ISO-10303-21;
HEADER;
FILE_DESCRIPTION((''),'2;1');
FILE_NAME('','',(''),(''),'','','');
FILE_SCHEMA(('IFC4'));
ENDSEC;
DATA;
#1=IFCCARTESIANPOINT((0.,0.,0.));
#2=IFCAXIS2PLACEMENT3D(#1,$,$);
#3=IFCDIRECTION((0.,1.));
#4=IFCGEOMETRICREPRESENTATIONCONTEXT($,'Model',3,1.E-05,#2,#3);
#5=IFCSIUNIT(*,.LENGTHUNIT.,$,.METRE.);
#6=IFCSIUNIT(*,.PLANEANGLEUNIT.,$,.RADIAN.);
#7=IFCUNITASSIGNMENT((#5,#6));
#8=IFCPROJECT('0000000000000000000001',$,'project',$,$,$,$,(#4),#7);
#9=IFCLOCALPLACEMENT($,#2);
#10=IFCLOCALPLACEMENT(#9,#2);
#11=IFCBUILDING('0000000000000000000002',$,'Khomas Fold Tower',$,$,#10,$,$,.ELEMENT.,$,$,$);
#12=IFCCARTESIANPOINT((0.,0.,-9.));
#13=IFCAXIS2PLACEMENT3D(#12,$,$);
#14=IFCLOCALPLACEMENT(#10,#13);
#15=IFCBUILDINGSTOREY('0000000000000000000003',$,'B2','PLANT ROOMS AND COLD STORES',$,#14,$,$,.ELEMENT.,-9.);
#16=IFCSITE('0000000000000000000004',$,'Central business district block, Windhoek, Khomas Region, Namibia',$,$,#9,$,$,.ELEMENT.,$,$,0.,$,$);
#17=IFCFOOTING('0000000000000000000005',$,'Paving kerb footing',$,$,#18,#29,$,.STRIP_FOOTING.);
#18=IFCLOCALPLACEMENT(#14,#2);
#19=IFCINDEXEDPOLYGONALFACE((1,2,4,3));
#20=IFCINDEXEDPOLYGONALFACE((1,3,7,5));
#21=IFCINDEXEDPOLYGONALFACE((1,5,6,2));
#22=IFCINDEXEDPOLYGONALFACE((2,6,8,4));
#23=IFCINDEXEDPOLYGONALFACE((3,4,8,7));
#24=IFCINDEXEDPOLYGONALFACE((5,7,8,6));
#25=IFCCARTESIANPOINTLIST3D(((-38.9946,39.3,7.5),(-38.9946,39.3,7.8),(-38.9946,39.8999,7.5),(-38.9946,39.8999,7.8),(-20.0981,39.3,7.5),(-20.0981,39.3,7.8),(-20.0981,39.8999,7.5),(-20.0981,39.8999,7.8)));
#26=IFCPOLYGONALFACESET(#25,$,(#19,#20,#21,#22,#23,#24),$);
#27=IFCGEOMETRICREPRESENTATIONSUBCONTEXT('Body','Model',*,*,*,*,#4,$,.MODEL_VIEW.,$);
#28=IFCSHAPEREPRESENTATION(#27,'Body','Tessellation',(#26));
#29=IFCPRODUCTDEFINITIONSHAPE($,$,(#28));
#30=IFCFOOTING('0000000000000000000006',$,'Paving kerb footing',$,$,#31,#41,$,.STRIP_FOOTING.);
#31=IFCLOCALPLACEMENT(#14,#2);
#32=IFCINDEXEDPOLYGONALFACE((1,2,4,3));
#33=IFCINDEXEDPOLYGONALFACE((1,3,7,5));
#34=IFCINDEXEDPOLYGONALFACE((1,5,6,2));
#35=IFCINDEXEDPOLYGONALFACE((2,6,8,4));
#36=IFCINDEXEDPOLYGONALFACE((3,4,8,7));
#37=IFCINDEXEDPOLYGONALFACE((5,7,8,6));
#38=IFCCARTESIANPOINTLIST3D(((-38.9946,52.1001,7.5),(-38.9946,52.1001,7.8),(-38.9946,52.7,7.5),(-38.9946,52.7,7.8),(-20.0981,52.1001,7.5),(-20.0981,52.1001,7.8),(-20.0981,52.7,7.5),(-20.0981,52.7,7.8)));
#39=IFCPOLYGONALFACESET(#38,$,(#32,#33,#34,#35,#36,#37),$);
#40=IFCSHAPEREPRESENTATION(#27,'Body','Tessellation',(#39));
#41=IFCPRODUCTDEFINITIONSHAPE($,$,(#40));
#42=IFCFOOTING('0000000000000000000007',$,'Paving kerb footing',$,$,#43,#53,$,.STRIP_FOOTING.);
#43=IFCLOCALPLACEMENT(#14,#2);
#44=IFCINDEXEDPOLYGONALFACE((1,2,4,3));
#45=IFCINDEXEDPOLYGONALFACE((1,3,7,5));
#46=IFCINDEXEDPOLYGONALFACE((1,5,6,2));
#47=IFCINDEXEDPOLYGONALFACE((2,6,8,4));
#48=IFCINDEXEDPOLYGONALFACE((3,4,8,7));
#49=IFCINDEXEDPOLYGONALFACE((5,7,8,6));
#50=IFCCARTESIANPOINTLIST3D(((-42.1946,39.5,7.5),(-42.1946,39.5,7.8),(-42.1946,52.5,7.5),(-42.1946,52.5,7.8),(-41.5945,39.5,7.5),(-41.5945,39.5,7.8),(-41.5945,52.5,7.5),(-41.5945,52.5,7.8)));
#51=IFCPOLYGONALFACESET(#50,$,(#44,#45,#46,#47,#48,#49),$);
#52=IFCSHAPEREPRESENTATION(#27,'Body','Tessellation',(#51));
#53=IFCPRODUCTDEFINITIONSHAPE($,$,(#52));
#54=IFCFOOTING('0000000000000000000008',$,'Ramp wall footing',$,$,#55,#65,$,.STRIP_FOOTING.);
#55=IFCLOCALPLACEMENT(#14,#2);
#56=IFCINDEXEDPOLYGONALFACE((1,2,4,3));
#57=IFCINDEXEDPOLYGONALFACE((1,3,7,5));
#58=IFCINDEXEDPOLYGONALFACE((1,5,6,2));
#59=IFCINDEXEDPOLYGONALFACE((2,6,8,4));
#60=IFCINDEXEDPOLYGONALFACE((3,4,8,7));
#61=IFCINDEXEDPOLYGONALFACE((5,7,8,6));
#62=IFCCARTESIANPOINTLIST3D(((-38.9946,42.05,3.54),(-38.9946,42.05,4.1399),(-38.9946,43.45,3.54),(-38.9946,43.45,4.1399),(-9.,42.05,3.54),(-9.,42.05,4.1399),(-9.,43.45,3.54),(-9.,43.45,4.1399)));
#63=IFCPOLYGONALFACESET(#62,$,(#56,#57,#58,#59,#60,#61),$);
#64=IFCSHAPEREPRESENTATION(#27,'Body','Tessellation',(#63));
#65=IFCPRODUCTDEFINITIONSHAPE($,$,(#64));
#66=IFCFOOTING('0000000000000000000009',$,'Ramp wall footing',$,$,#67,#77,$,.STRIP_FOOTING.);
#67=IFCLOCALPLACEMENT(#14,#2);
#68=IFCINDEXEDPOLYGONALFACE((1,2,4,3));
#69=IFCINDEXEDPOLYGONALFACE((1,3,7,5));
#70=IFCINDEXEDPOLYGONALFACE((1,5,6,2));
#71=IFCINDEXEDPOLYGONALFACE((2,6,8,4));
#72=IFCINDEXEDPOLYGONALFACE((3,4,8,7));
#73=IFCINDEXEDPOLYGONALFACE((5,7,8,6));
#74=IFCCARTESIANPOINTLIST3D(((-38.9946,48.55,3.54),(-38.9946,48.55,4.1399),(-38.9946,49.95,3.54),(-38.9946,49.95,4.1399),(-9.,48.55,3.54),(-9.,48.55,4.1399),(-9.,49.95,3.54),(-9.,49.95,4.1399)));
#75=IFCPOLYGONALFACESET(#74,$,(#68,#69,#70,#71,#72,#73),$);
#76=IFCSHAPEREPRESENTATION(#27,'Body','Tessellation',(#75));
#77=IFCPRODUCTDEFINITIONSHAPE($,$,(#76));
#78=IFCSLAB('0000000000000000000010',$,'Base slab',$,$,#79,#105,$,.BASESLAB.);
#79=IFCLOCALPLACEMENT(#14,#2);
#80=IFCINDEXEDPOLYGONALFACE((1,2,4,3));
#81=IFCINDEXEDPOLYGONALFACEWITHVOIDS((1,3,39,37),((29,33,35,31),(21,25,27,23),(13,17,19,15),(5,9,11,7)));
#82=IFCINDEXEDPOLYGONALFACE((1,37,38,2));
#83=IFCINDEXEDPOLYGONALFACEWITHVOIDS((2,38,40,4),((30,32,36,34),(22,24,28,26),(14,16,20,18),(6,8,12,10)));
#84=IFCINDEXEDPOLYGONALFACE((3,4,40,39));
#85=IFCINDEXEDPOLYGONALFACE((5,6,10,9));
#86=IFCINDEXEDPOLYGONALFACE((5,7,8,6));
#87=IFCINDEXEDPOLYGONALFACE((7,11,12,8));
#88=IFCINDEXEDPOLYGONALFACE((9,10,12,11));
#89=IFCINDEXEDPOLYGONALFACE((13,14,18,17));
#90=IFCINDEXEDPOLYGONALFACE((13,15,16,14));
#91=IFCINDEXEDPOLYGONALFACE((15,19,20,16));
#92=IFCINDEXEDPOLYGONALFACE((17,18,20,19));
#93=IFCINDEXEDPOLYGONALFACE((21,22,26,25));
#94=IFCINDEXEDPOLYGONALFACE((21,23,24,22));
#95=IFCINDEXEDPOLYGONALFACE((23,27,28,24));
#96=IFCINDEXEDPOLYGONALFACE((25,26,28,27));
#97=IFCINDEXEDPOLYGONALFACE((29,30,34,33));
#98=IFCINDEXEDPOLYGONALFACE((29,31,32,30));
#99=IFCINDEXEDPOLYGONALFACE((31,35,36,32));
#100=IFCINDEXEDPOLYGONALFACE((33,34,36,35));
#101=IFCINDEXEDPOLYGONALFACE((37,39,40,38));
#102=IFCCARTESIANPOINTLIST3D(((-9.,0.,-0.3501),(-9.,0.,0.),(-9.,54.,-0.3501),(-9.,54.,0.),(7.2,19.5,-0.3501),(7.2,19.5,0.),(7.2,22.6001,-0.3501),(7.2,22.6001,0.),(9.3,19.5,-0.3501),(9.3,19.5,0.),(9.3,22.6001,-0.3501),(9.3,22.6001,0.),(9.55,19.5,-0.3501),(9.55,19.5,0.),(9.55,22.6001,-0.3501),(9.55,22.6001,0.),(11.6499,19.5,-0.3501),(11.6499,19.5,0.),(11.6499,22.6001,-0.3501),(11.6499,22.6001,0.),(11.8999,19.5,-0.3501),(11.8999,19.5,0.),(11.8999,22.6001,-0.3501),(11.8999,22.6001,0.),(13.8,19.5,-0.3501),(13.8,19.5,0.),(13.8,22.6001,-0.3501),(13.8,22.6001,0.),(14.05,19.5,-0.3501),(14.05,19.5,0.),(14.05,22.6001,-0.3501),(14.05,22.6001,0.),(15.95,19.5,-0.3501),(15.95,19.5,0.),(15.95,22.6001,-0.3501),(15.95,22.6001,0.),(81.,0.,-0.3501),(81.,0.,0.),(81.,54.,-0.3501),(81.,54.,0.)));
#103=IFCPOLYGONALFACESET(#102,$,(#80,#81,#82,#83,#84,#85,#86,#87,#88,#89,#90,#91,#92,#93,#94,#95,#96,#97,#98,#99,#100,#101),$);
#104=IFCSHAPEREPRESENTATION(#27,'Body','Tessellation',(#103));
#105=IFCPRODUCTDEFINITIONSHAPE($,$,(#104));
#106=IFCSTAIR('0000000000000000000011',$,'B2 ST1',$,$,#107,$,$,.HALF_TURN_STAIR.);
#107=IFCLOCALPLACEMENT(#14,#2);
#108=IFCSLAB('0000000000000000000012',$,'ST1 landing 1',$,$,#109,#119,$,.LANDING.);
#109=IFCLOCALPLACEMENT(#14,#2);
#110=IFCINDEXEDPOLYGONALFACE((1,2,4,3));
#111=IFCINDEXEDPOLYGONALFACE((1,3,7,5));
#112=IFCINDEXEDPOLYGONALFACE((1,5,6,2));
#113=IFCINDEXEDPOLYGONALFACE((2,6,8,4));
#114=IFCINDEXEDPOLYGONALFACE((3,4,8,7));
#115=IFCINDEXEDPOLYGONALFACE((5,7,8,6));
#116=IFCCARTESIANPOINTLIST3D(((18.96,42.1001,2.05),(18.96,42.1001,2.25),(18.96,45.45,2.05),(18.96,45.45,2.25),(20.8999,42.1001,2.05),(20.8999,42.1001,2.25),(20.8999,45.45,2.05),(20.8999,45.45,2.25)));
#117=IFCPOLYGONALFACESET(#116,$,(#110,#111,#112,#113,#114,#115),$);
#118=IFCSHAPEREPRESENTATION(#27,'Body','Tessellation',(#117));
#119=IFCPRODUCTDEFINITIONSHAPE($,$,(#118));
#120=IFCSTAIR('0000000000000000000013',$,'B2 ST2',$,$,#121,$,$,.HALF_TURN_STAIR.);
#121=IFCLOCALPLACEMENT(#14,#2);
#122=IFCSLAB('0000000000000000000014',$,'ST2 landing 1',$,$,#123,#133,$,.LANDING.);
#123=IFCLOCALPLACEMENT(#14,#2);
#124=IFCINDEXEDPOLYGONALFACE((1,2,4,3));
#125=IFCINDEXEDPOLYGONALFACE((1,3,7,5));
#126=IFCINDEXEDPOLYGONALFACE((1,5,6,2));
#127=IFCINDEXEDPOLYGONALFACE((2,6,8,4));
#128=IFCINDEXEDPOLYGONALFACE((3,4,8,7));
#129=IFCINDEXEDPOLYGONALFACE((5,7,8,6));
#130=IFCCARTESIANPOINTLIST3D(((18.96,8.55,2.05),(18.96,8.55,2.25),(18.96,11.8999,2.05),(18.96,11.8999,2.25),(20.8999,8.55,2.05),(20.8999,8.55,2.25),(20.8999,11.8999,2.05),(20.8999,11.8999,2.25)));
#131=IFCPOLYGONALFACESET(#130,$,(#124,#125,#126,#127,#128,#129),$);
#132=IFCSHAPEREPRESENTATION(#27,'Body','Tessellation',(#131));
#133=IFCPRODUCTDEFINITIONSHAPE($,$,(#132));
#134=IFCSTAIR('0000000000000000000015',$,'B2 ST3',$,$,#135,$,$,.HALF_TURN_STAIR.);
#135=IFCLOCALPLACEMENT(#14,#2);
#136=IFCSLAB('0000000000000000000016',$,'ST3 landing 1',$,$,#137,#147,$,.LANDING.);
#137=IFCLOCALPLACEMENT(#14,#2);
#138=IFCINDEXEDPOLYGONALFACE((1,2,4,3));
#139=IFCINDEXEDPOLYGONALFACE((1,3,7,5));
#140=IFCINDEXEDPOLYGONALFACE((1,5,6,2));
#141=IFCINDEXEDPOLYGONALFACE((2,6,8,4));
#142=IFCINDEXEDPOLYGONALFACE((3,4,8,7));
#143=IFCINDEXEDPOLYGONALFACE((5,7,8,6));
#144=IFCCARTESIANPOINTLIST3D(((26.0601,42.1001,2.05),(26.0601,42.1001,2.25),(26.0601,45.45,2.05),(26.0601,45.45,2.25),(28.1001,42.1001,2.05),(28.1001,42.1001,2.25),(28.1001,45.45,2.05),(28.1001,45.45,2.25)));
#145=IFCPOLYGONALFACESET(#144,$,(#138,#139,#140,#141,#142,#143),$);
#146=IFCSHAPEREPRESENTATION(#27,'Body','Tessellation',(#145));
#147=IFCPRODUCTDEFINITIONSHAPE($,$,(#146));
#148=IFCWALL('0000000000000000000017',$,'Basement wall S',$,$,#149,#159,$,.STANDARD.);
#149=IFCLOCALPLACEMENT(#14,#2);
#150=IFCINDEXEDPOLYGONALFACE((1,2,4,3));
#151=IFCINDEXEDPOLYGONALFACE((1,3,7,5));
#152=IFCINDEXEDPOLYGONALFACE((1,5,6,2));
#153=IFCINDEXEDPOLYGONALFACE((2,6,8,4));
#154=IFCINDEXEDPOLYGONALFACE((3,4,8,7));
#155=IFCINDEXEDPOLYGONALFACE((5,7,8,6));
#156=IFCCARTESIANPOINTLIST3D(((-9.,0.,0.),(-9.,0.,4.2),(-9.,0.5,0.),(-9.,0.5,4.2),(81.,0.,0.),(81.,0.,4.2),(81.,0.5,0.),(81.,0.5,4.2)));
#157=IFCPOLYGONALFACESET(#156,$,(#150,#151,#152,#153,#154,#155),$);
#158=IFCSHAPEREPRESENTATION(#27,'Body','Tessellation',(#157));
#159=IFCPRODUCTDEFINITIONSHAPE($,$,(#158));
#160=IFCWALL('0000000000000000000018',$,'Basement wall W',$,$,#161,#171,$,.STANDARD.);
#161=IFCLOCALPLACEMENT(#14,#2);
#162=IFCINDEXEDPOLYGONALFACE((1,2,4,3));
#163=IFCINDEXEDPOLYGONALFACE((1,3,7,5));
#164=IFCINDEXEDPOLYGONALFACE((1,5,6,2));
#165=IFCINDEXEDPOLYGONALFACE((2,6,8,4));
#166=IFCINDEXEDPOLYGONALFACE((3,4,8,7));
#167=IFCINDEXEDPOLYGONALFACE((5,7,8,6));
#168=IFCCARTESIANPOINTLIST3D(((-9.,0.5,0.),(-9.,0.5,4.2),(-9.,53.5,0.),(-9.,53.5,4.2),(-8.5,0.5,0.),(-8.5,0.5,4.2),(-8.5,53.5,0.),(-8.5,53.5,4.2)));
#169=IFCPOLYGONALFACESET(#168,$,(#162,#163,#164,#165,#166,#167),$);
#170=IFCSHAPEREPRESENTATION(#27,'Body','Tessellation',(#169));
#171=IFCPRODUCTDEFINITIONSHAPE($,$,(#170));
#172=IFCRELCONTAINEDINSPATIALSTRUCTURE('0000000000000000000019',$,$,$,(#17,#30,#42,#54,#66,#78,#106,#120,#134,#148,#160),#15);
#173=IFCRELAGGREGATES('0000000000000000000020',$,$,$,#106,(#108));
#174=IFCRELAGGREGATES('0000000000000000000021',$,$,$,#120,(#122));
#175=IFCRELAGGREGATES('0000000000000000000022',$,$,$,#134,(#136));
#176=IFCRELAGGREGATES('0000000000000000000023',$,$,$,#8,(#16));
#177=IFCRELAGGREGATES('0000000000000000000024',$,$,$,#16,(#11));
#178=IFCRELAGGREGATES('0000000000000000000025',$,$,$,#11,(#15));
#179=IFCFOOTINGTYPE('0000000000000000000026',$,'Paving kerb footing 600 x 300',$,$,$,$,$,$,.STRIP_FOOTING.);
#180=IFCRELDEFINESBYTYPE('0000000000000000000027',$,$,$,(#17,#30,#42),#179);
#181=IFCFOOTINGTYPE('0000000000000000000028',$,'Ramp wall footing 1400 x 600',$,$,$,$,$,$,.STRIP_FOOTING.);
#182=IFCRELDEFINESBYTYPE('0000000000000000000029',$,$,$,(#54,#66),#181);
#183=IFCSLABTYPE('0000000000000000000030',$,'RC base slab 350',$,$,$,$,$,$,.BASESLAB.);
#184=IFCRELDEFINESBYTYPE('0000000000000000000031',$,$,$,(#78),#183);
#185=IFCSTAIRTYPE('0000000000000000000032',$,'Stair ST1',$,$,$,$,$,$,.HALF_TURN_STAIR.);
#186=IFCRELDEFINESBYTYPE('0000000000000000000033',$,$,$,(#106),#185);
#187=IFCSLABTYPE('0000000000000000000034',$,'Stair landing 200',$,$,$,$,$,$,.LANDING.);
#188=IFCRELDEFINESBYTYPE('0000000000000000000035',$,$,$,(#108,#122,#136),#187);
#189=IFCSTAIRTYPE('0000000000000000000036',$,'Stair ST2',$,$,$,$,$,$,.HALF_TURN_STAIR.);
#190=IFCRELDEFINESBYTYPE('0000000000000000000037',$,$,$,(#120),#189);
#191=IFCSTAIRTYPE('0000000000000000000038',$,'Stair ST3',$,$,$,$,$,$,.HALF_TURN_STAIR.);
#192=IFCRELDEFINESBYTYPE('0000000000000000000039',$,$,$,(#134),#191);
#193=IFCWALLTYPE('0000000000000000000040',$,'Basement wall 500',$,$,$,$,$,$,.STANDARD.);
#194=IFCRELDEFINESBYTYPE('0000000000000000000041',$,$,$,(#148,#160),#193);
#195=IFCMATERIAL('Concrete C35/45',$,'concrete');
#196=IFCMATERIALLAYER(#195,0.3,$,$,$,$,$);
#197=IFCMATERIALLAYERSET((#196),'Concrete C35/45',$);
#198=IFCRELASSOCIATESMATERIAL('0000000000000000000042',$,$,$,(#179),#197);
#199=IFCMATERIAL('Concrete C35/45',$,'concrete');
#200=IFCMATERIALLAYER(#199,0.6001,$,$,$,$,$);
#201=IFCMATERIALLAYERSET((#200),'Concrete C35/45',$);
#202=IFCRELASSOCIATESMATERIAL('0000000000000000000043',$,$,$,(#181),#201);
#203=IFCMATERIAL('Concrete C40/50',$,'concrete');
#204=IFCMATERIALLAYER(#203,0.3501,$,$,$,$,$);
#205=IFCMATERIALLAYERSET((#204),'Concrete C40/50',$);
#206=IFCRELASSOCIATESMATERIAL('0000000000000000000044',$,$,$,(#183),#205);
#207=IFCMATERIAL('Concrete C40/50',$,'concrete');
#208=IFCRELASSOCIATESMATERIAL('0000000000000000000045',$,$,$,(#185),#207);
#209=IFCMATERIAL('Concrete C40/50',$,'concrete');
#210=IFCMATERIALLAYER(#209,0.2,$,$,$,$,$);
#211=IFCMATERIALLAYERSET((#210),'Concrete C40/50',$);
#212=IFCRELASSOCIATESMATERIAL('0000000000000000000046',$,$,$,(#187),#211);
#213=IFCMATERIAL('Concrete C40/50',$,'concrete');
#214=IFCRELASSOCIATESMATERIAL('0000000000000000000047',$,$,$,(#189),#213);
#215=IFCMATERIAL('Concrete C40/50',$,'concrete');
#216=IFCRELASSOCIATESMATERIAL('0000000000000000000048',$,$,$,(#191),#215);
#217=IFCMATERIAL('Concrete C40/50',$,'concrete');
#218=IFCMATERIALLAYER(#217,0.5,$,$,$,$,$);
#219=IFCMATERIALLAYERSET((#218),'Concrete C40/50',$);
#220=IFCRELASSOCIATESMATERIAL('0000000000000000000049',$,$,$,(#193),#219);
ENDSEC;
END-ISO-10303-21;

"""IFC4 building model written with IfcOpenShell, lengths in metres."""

from ifc_helpers import new_model, si_unit, direction, frame, frame_2d, origin, place, context, subcontext, project, spatial, polyline, rectangle, outline, extrude, source, transform, mapped, material, layer, layer_set, type_object, element, aggregate, save


model = new_model("IFC4")

# Units and contexts
model_context = context("Model", 3, precision=1e-05, world=origin(), true_north=direction((0.0, 1.0)))
body_context = subcontext(model_context, "Body", "Model", "MODEL_VIEW")
ifc_project = project(units=[si_unit("LENGTHUNIT", "METRE"), si_unit("PLANEANGLEUNIT", "RADIAN")], contexts=[model_context])

# Site, building, storey
site_placement = place(None, origin())
site = spatial("IfcSite", under=ifc_project, at=site_placement, Name="Central business district block, Windhoek, Khomas Region, Namibia", CompositionType="ELEMENT", RefElevation=0.0)
building_placement = place(site_placement, origin())
building = spatial("IfcBuilding", under=site, at=building_placement, Name="Khomas Fold Tower", CompositionType="ELEMENT")
storey_placement = place(building_placement, frame((0.0, 0.0, -9.0)))
storey = spatial("IfcBuildingStorey", under=building, at=storey_placement, Name="B2", Description="PLANT ROOMS AND COLD STORES", CompositionType="ELEMENT", Elevation=-9.0)

# Footings
ifc_material_1 = material(Name="Concrete C35/45", Category="concrete")
ifc_layer_1 = layer(ifc_material_1, 0.3)
ifc_layer_set_1 = layer_set([ifc_layer_1], Name="Concrete C35/45")
footing_type_1 = type_object("IfcFootingType", Name="Paving kerb footing 600 x 300", PredefinedType="STRIP_FOOTING", material=ifc_layer_set_1)
shared_shape_1 = source(origin(), body_context, "Body", "SweptSolid", [
    extrude(outline(polyline([(-38.9946, 39.3), (-20.0981, 39.3), (-20.0981, 39.8999), (-38.9946, 39.8999), (-38.9946, 39.3)])), origin(), (0.0, 0.0, 1.0), 0.3),
])
footing_1_placement = place(storey_placement, frame((0.0, 0.0, 7.5)))
element("IfcFooting", 1, at=footing_1_placement, inside=storey, type_object=footing_type_1, Name="Paving kerb footing", PredefinedType="STRIP_FOOTING", context=body_context, shape_type="MappedRepresentation", body=[
    mapped(shared_shape_1, transform((0.0, 0.0, 0.0))),
])
shared_shape_2 = source(origin(), body_context, "Body", "SweptSolid", [
    extrude(outline(polyline([(-38.9946, 52.1001), (-20.0981, 52.1001), (-20.0981, 52.7), (-38.9946, 52.7), (-38.9946, 52.1001)])), origin(), (0.0, 0.0, 1.0), 0.3),
])
footing_2_placement = place(storey_placement, frame((0.0, 0.0, 7.5)))
element("IfcFooting", 2, at=footing_2_placement, inside=storey, type_object=footing_type_1, Name="Paving kerb footing", PredefinedType="STRIP_FOOTING", context=body_context, shape_type="MappedRepresentation", body=[
    mapped(shared_shape_2, transform((0.0, 0.0, 0.0))),
])
shared_shape_3 = source(origin(), body_context, "Body", "SweptSolid", [
    extrude(outline(polyline([(-42.1946, 39.5), (-41.5945, 39.5), (-41.5945, 52.5), (-42.1946, 52.5), (-42.1946, 39.5)])), origin(), (0.0, 0.0, 1.0), 0.3),
])
footing_3_placement = place(storey_placement, frame((0.0, 0.0, 7.5)))
element("IfcFooting", 3, at=footing_3_placement, inside=storey, type_object=footing_type_1, Name="Paving kerb footing", PredefinedType="STRIP_FOOTING", context=body_context, shape_type="MappedRepresentation", body=[
    mapped(shared_shape_3, transform((0.0, 0.0, 0.0))),
])
ifc_material_2 = material(Name="Concrete C35/45", Category="concrete")
ifc_layer_2 = layer(ifc_material_2, 0.6001)
ifc_layer_set_2 = layer_set([ifc_layer_2], Name="Concrete C35/45")
footing_type_2 = type_object("IfcFootingType", Name="Ramp wall footing 1400 x 600", PredefinedType="STRIP_FOOTING", material=ifc_layer_set_2)
shared_shape_4 = source(origin(), body_context, "Body", "SweptSolid", [
    extrude(outline(polyline([(-38.9946, 42.05), (-9.0, 42.05), (-9.0, 43.45), (-38.9946, 43.45), (-38.9946, 42.05)])), origin(), (0.0, 0.0, 1.0), 0.5999),
])
footing_4_placement = place(storey_placement, frame((0.0, 0.0, 3.54)))
element("IfcFooting", 4, at=footing_4_placement, inside=storey, type_object=footing_type_2, Name="Ramp wall footing", PredefinedType="STRIP_FOOTING", context=body_context, shape_type="MappedRepresentation", body=[
    mapped(shared_shape_4, transform((0.0, 0.0, 0.0))),
])
shared_shape_5 = source(origin(), body_context, "Body", "SweptSolid", [
    extrude(outline(polyline([(-38.9946, 48.55), (-9.0, 48.55), (-9.0, 49.95), (-38.9946, 49.95), (-38.9946, 48.55)])), origin(), (0.0, 0.0, 1.0), 0.5999),
])
footing_5_placement = place(storey_placement, frame((0.0, 0.0, 3.54)))
element("IfcFooting", 5, at=footing_5_placement, inside=storey, type_object=footing_type_2, Name="Ramp wall footing", PredefinedType="STRIP_FOOTING", context=body_context, shape_type="MappedRepresentation", body=[
    mapped(shared_shape_5, transform((0.0, 0.0, 0.0))),
])

# Slab
ifc_material_3 = material(Name="Concrete C40/50", Category="concrete")
ifc_layer_3 = layer(ifc_material_3, 0.3501)
ifc_layer_set_3 = layer_set([ifc_layer_3], Name="Concrete C40/50")
slab_type_1 = type_object("IfcSlabType", Name="RC base slab 350", PredefinedType="BASESLAB", material=ifc_layer_set_3)
shared_shape_6 = source(origin(), body_context, "Body", "SweptSolid", [
    extrude(outline(polyline([(-9.0, 0.0), (81.0, 0.0), (81.0, 54.0), (-9.0, 54.0), (-9.0, 0.0)]), holes=[polyline([(7.2, 19.5), (7.2, 22.6001), (9.3, 22.6001), (9.3, 19.5), (7.2, 19.5)]), polyline([(9.55, 19.5), (9.55, 22.6001), (11.6499, 22.6001), (11.6499, 19.5), (9.55, 19.5)]), polyline([(11.8999, 19.5), (11.8999, 22.6001), (13.8, 22.6001), (13.8, 19.5), (11.8999, 19.5)]), polyline([(14.05, 19.5), (14.05, 22.6001), (15.95, 22.6001), (15.95, 19.5), (14.05, 19.5)])]), origin(), (0.0, 0.0, 1.0), 0.3501),
])
slab_1_placement = place(storey_placement, frame((0.0, 0.0, -0.3501)))
element("IfcSlab", 6, at=slab_1_placement, inside=storey, type_object=slab_type_1, Name="Base slab", PredefinedType="BASESLAB", context=body_context, shape_type="MappedRepresentation", body=[
    mapped(shared_shape_6, transform((0.0, 0.0, 0.0))),
])

# Stairs, slabs
ifc_material_4 = material(Name="Concrete C40/50", Category="concrete")
stair_type_1 = type_object("IfcStairType", Name="Stair ST1", PredefinedType="HALF_TURN_STAIR", material=ifc_material_4)
stair_1_placement = place(storey_placement, origin())
stair_1 = element("IfcStair", 7, at=stair_1_placement, inside=storey, type_object=stair_type_1, Name="B2 ST1", PredefinedType="HALF_TURN_STAIR")
ifc_material_5 = material(Name="Concrete C40/50", Category="concrete")
ifc_layer_4 = layer(ifc_material_5, 0.2)
ifc_layer_set_4 = layer_set([ifc_layer_4], Name="Concrete C40/50")
slab_type_2 = type_object("IfcSlabType", Name="Stair landing 200", PredefinedType="LANDING", material=ifc_layer_set_4)
shared_shape_7 = source(origin(), body_context, "Body", "SweptSolid", [
    extrude(outline(polyline([(18.96, 42.1001), (20.8999, 42.1001), (20.8999, 45.45), (18.96, 45.45), (18.96, 42.1001)])), origin(), (0.0, 0.0, 1.0), 0.2),
])
slab_2_placement = place(storey_placement, frame((0.0, 0.0, 2.05)))
slab_2 = element("IfcSlab", 8, at=slab_2_placement, type_object=slab_type_2, Name="ST1 landing 1", PredefinedType="LANDING", context=body_context, shape_type="MappedRepresentation", body=[
    mapped(shared_shape_7, transform((0.0, 0.0, 0.0))),
])
aggregate(stair_1, [slab_2])
ifc_material_6 = material(Name="Concrete C40/50", Category="concrete")
stair_type_2 = type_object("IfcStairType", Name="Stair ST2", PredefinedType="HALF_TURN_STAIR", material=ifc_material_6)
stair_2_placement = place(storey_placement, origin())
stair_2 = element("IfcStair", 9, at=stair_2_placement, inside=storey, type_object=stair_type_2, Name="B2 ST2", PredefinedType="HALF_TURN_STAIR")
shared_shape_8 = source(origin(), body_context, "Body", "SweptSolid", [
    extrude(outline(polyline([(18.96, 8.55), (20.8999, 8.55), (20.8999, 11.8999), (18.96, 11.8999), (18.96, 8.55)])), origin(), (0.0, 0.0, 1.0), 0.2),
])
slab_3_placement = place(storey_placement, frame((0.0, 0.0, 2.05)))
slab_3 = element("IfcSlab", 10, at=slab_3_placement, type_object=slab_type_2, Name="ST2 landing 1", PredefinedType="LANDING", context=body_context, shape_type="MappedRepresentation", body=[
    mapped(shared_shape_8, transform((0.0, 0.0, 0.0))),
])
aggregate(stair_2, [slab_3])
ifc_material_7 = material(Name="Concrete C40/50", Category="concrete")
stair_type_3 = type_object("IfcStairType", Name="Stair ST3", PredefinedType="HALF_TURN_STAIR", material=ifc_material_7)
stair_3_placement = place(storey_placement, origin())
stair_3 = element("IfcStair", 11, at=stair_3_placement, inside=storey, type_object=stair_type_3, Name="B2 ST3", PredefinedType="HALF_TURN_STAIR")
shared_shape_9 = source(origin(), body_context, "Body", "SweptSolid", [
    extrude(outline(polyline([(26.0601, 42.1001), (28.1001, 42.1001), (28.1001, 45.45), (26.0601, 45.45), (26.0601, 42.1001)])), origin(), (0.0, 0.0, 1.0), 0.2),
])
slab_4_placement = place(storey_placement, frame((0.0, 0.0, 2.05)))
slab_4 = element("IfcSlab", 12, at=slab_4_placement, type_object=slab_type_2, Name="ST3 landing 1", PredefinedType="LANDING", context=body_context, shape_type="MappedRepresentation", body=[
    mapped(shared_shape_9, transform((0.0, 0.0, 0.0))),
])
aggregate(stair_3, [slab_4])

# Walls
ifc_material_8 = material(Name="Concrete C40/50", Category="concrete")
ifc_layer_5 = layer(ifc_material_8, 0.5)
ifc_layer_set_5 = layer_set([ifc_layer_5], Name="Concrete C40/50")
wall_type_1 = type_object("IfcWallType", Name="Basement wall 500", PredefinedType="STANDARD", material=ifc_layer_set_5)
shared_shape_10 = source(origin(), body_context, "Body", "SweptSolid", [
    extrude(rectangle(XDim=90.0, YDim=0.5, at=frame_2d((45.0, 0.0))), origin(), (0.0, 0.0, 1.0), 4.2),
])
wall_1_placement = place(storey_placement, frame((-9.0, 0.25, 0.0), z_axis=(0.0, 0.0, 1.0), x_axis=(1.0, 0.0, 0.0)))
element("IfcWall", 13, at=wall_1_placement, inside=storey, type_object=wall_type_1, Name="Basement wall S", PredefinedType="STANDARD", context=body_context, shape_type="MappedRepresentation", body=[
    mapped(shared_shape_10, transform((0.0, 0.0, 0.0))),
])
shared_shape_11 = source(origin(), body_context, "Body", "SweptSolid", [
    extrude(rectangle(XDim=53.0, YDim=0.5, at=frame_2d((26.5, 0.0))), origin(), (0.0, 0.0, 1.0), 4.2),
])
wall_2_placement = place(storey_placement, frame((-8.75, 0.5, 0.0), z_axis=(0.0, 0.0, 1.0), x_axis=(0.0, 1.0, 0.0)))
element("IfcWall", 14, at=wall_2_placement, inside=storey, type_object=wall_type_1, Name="Basement wall W", PredefinedType="STANDARD", context=body_context, shape_type="MappedRepresentation", body=[
    mapped(shared_shape_11, transform((0.0, 0.0, 0.0))),
])

save(model, "model.ifc")
